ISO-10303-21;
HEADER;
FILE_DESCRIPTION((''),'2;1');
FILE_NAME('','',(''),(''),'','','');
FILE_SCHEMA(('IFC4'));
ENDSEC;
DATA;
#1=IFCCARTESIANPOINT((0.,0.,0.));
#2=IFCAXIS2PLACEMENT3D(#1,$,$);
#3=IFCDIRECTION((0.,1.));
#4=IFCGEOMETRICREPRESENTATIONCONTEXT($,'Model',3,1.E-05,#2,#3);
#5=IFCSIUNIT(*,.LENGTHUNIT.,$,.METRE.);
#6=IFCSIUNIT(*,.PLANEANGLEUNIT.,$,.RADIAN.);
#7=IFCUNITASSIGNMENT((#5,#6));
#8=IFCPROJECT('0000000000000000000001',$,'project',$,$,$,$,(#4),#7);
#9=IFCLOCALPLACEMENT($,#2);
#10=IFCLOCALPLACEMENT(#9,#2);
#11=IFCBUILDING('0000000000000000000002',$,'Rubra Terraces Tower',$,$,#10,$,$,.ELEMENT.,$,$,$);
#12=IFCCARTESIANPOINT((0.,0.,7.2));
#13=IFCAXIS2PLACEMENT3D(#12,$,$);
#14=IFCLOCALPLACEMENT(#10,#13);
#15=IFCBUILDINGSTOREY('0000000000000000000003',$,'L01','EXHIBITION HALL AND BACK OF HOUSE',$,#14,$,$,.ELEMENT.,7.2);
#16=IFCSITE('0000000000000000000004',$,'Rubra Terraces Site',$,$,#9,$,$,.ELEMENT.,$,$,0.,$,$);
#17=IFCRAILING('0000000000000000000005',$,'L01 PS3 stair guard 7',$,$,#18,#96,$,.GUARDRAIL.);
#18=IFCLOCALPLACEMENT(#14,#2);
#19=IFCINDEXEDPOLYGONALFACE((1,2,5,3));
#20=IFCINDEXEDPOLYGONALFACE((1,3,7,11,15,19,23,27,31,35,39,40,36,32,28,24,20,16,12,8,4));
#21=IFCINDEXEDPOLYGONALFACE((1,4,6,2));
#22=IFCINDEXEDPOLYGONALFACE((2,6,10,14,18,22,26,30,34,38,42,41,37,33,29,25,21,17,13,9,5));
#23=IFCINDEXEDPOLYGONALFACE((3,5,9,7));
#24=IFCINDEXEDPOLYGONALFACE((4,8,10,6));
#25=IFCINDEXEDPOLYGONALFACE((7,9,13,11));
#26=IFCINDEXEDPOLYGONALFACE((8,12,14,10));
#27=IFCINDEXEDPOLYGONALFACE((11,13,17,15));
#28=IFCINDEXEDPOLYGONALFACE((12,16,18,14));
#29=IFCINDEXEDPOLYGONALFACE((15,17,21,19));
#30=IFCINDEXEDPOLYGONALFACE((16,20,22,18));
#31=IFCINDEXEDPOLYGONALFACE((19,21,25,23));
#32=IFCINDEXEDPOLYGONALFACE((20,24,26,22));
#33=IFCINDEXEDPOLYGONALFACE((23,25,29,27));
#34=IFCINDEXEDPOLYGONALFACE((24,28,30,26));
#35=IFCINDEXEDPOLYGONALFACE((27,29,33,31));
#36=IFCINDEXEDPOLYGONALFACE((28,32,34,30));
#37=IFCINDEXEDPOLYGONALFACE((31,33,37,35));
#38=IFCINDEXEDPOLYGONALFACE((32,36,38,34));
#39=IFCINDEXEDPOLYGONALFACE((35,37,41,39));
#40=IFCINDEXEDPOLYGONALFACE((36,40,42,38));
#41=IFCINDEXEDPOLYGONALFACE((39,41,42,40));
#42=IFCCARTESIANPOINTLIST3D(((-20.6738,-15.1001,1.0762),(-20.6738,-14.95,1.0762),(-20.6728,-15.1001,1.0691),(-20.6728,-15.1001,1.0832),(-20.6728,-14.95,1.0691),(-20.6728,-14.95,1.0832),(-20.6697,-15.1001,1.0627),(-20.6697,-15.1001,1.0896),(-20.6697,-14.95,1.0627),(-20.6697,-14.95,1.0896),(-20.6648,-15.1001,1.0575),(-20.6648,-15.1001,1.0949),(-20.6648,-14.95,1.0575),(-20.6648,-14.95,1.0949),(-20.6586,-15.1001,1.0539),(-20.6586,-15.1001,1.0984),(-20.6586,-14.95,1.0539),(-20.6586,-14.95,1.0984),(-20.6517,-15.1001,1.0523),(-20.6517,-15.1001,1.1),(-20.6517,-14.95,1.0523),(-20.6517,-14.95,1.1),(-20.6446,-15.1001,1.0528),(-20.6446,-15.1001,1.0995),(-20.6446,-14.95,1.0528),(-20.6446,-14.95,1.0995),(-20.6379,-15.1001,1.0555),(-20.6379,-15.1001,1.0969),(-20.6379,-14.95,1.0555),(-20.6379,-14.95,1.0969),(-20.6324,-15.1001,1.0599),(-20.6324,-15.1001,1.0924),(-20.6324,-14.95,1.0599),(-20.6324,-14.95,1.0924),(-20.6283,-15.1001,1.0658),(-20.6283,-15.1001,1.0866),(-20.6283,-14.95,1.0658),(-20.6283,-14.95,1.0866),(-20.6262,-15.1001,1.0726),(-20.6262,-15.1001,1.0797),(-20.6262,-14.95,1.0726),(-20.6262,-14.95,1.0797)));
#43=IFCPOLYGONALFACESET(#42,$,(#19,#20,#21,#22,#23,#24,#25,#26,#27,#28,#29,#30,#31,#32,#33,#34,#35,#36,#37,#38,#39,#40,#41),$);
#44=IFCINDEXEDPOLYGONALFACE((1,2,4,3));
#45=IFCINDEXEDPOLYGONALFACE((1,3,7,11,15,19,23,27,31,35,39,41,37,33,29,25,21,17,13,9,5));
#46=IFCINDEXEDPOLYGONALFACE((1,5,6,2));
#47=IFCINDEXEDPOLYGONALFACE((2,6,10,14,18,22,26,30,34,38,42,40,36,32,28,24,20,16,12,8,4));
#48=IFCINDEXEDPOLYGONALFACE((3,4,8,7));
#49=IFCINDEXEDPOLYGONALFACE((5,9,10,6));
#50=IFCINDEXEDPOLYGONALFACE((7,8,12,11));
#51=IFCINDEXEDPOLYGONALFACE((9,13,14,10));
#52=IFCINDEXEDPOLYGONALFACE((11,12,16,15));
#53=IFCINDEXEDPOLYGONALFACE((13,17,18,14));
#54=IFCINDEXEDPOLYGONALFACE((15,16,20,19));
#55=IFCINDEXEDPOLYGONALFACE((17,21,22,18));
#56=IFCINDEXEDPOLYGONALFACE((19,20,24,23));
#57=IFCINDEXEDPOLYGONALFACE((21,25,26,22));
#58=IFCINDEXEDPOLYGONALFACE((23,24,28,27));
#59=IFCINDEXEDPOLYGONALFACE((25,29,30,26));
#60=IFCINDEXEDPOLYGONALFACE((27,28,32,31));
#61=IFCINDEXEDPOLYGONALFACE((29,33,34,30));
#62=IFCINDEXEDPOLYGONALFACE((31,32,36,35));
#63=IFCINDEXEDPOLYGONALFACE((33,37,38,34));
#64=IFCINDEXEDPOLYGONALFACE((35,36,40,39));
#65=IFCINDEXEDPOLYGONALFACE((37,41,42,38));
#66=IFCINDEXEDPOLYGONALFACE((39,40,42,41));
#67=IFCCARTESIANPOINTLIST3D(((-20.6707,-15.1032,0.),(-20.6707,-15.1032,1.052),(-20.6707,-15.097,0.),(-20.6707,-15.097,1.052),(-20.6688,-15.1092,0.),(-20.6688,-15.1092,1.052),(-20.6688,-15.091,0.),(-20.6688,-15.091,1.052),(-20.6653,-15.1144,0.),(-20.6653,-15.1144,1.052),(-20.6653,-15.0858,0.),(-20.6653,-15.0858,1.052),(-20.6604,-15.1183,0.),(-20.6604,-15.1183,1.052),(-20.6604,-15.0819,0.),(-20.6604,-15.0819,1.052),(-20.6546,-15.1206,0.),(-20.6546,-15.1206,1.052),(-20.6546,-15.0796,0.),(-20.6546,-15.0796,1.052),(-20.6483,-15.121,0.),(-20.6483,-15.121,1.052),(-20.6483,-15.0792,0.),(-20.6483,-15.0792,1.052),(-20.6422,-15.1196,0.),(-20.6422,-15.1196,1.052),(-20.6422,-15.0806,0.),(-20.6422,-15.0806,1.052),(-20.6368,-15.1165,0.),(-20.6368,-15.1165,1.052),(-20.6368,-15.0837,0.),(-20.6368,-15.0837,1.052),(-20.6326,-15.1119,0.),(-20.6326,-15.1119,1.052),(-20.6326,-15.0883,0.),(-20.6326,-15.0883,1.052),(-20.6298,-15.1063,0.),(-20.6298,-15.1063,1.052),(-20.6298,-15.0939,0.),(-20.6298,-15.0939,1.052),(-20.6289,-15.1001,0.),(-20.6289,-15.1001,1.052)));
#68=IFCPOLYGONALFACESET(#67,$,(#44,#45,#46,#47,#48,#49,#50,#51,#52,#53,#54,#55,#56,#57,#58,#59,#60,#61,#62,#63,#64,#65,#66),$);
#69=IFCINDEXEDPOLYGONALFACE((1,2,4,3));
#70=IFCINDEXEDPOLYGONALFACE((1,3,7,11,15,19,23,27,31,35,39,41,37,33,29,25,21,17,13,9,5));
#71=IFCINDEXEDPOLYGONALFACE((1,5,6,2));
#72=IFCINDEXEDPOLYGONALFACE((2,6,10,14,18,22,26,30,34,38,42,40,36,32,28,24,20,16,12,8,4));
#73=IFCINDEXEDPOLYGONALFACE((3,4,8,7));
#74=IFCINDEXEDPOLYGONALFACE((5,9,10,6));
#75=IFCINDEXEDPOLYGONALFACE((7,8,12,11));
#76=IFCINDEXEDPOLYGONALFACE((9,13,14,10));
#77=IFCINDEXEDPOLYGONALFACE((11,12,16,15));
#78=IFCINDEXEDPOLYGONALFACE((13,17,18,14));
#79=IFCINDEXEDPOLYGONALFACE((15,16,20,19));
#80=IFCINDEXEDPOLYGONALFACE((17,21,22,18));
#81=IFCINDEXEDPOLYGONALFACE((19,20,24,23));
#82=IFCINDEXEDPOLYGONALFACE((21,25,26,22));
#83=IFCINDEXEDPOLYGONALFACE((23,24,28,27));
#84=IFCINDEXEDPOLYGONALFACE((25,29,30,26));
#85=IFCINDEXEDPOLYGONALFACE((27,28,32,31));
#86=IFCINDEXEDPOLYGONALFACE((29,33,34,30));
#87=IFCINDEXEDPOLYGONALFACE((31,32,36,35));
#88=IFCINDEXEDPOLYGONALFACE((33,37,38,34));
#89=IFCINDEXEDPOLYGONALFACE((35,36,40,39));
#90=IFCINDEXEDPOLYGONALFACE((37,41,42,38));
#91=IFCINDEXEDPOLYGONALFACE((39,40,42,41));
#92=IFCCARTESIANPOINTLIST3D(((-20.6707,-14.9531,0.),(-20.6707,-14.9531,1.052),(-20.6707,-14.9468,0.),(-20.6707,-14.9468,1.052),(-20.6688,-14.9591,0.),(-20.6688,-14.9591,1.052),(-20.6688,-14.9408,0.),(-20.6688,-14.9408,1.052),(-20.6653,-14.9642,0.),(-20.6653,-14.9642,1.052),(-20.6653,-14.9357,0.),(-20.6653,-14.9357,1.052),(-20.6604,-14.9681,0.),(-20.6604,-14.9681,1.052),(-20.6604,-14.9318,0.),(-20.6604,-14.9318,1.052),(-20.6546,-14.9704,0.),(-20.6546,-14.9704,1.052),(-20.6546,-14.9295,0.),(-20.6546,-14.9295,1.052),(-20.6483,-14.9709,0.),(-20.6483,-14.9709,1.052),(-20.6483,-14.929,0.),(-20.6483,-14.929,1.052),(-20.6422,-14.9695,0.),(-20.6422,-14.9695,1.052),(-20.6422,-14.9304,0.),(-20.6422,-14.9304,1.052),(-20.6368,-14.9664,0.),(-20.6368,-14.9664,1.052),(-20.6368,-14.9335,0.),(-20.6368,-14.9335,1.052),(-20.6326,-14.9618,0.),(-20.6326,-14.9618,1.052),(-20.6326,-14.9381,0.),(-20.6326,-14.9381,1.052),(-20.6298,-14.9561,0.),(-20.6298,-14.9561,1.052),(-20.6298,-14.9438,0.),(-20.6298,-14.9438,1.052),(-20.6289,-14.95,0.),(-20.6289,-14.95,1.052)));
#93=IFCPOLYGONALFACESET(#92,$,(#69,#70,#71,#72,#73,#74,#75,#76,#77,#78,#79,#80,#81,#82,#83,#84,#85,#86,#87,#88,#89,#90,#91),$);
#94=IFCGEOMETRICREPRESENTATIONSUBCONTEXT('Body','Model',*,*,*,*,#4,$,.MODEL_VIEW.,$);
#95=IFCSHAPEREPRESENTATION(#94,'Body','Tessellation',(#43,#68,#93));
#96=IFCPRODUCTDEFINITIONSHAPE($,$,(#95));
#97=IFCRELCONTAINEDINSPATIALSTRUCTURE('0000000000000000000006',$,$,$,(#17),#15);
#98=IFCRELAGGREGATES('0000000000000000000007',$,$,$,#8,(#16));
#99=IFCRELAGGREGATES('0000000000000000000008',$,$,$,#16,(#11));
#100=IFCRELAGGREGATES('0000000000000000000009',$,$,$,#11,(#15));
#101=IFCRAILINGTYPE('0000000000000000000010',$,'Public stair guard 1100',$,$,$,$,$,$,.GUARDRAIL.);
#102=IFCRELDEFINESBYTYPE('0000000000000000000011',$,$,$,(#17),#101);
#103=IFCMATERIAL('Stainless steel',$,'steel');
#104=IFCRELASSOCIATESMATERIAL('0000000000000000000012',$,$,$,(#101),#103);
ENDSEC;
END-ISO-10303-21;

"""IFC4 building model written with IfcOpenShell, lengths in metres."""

from ifc_helpers import new_model, si_unit, direction, frame, origin, origin_2d, place, context, subcontext, project, spatial, circle, extrude, material, type_object, element, save


model = new_model("IFC4")

# Units and contexts
model_context = context("Model", 3, precision=1e-05, world=origin(), true_north=direction((0.0, 1.0)))
body_context = subcontext(model_context, "Body", "Model", "MODEL_VIEW")
ifc_project = project(units=[si_unit("LENGTHUNIT", "METRE"), si_unit("PLANEANGLEUNIT", "RADIAN")], contexts=[model_context])

# Site, building, storey
site_placement = place(None, origin())
site = spatial("IfcSite", under=ifc_project, at=site_placement, Name="Rubra Terraces Site", CompositionType="ELEMENT", RefElevation=0.0)
building_placement = place(site_placement, origin())
building = spatial("IfcBuilding", under=site, at=building_placement, Name="Rubra Terraces Tower", CompositionType="ELEMENT")
storey_placement = place(building_placement, frame((0.0, 0.0, 7.2)))
storey = spatial("IfcBuildingStorey", under=building, at=storey_placement, Name="L01", Description="EXHIBITION HALL AND BACK OF HOUSE", CompositionType="ELEMENT", Elevation=7.2)

# Railing
ifc_material_1 = material(Name="Stainless steel", Category="steel")
railing_type_1 = type_object("IfcRailingType", Name="Public stair guard 1100", PredefinedType="GUARDRAIL", material=ifc_material_1)
railing_1_placement = place(storey_placement, frame((-20.6499, -15.1001, 0.0)))
element("IfcRailing", 1, at=railing_1_placement, inside=storey, type_object=railing_type_1, Name="L01 PS3 stair guard 7", PredefinedType="GUARDRAIL", context=body_context, shape_type="SweptSolid", body=[
    extrude(circle(Radius=0.0239, at=origin_2d()), frame((0.0, 0.0, 1.0762), z_axis=(0.0, 1.0, 0.0), x_axis=(-1.0, 0.0, 0.0)), (0.0, 0.0, 1.0), 0.1501),
    extrude(circle(Radius=0.021, at=origin_2d()), origin(), (0.0, 0.0, 1.0), 1.052),
    extrude(circle(Radius=0.021, at=origin_2d()), frame((0.0, 0.1501, 0.0)), (0.0, 0.0, 1.0), 1.052),
])

save(model, "model.ifc")
